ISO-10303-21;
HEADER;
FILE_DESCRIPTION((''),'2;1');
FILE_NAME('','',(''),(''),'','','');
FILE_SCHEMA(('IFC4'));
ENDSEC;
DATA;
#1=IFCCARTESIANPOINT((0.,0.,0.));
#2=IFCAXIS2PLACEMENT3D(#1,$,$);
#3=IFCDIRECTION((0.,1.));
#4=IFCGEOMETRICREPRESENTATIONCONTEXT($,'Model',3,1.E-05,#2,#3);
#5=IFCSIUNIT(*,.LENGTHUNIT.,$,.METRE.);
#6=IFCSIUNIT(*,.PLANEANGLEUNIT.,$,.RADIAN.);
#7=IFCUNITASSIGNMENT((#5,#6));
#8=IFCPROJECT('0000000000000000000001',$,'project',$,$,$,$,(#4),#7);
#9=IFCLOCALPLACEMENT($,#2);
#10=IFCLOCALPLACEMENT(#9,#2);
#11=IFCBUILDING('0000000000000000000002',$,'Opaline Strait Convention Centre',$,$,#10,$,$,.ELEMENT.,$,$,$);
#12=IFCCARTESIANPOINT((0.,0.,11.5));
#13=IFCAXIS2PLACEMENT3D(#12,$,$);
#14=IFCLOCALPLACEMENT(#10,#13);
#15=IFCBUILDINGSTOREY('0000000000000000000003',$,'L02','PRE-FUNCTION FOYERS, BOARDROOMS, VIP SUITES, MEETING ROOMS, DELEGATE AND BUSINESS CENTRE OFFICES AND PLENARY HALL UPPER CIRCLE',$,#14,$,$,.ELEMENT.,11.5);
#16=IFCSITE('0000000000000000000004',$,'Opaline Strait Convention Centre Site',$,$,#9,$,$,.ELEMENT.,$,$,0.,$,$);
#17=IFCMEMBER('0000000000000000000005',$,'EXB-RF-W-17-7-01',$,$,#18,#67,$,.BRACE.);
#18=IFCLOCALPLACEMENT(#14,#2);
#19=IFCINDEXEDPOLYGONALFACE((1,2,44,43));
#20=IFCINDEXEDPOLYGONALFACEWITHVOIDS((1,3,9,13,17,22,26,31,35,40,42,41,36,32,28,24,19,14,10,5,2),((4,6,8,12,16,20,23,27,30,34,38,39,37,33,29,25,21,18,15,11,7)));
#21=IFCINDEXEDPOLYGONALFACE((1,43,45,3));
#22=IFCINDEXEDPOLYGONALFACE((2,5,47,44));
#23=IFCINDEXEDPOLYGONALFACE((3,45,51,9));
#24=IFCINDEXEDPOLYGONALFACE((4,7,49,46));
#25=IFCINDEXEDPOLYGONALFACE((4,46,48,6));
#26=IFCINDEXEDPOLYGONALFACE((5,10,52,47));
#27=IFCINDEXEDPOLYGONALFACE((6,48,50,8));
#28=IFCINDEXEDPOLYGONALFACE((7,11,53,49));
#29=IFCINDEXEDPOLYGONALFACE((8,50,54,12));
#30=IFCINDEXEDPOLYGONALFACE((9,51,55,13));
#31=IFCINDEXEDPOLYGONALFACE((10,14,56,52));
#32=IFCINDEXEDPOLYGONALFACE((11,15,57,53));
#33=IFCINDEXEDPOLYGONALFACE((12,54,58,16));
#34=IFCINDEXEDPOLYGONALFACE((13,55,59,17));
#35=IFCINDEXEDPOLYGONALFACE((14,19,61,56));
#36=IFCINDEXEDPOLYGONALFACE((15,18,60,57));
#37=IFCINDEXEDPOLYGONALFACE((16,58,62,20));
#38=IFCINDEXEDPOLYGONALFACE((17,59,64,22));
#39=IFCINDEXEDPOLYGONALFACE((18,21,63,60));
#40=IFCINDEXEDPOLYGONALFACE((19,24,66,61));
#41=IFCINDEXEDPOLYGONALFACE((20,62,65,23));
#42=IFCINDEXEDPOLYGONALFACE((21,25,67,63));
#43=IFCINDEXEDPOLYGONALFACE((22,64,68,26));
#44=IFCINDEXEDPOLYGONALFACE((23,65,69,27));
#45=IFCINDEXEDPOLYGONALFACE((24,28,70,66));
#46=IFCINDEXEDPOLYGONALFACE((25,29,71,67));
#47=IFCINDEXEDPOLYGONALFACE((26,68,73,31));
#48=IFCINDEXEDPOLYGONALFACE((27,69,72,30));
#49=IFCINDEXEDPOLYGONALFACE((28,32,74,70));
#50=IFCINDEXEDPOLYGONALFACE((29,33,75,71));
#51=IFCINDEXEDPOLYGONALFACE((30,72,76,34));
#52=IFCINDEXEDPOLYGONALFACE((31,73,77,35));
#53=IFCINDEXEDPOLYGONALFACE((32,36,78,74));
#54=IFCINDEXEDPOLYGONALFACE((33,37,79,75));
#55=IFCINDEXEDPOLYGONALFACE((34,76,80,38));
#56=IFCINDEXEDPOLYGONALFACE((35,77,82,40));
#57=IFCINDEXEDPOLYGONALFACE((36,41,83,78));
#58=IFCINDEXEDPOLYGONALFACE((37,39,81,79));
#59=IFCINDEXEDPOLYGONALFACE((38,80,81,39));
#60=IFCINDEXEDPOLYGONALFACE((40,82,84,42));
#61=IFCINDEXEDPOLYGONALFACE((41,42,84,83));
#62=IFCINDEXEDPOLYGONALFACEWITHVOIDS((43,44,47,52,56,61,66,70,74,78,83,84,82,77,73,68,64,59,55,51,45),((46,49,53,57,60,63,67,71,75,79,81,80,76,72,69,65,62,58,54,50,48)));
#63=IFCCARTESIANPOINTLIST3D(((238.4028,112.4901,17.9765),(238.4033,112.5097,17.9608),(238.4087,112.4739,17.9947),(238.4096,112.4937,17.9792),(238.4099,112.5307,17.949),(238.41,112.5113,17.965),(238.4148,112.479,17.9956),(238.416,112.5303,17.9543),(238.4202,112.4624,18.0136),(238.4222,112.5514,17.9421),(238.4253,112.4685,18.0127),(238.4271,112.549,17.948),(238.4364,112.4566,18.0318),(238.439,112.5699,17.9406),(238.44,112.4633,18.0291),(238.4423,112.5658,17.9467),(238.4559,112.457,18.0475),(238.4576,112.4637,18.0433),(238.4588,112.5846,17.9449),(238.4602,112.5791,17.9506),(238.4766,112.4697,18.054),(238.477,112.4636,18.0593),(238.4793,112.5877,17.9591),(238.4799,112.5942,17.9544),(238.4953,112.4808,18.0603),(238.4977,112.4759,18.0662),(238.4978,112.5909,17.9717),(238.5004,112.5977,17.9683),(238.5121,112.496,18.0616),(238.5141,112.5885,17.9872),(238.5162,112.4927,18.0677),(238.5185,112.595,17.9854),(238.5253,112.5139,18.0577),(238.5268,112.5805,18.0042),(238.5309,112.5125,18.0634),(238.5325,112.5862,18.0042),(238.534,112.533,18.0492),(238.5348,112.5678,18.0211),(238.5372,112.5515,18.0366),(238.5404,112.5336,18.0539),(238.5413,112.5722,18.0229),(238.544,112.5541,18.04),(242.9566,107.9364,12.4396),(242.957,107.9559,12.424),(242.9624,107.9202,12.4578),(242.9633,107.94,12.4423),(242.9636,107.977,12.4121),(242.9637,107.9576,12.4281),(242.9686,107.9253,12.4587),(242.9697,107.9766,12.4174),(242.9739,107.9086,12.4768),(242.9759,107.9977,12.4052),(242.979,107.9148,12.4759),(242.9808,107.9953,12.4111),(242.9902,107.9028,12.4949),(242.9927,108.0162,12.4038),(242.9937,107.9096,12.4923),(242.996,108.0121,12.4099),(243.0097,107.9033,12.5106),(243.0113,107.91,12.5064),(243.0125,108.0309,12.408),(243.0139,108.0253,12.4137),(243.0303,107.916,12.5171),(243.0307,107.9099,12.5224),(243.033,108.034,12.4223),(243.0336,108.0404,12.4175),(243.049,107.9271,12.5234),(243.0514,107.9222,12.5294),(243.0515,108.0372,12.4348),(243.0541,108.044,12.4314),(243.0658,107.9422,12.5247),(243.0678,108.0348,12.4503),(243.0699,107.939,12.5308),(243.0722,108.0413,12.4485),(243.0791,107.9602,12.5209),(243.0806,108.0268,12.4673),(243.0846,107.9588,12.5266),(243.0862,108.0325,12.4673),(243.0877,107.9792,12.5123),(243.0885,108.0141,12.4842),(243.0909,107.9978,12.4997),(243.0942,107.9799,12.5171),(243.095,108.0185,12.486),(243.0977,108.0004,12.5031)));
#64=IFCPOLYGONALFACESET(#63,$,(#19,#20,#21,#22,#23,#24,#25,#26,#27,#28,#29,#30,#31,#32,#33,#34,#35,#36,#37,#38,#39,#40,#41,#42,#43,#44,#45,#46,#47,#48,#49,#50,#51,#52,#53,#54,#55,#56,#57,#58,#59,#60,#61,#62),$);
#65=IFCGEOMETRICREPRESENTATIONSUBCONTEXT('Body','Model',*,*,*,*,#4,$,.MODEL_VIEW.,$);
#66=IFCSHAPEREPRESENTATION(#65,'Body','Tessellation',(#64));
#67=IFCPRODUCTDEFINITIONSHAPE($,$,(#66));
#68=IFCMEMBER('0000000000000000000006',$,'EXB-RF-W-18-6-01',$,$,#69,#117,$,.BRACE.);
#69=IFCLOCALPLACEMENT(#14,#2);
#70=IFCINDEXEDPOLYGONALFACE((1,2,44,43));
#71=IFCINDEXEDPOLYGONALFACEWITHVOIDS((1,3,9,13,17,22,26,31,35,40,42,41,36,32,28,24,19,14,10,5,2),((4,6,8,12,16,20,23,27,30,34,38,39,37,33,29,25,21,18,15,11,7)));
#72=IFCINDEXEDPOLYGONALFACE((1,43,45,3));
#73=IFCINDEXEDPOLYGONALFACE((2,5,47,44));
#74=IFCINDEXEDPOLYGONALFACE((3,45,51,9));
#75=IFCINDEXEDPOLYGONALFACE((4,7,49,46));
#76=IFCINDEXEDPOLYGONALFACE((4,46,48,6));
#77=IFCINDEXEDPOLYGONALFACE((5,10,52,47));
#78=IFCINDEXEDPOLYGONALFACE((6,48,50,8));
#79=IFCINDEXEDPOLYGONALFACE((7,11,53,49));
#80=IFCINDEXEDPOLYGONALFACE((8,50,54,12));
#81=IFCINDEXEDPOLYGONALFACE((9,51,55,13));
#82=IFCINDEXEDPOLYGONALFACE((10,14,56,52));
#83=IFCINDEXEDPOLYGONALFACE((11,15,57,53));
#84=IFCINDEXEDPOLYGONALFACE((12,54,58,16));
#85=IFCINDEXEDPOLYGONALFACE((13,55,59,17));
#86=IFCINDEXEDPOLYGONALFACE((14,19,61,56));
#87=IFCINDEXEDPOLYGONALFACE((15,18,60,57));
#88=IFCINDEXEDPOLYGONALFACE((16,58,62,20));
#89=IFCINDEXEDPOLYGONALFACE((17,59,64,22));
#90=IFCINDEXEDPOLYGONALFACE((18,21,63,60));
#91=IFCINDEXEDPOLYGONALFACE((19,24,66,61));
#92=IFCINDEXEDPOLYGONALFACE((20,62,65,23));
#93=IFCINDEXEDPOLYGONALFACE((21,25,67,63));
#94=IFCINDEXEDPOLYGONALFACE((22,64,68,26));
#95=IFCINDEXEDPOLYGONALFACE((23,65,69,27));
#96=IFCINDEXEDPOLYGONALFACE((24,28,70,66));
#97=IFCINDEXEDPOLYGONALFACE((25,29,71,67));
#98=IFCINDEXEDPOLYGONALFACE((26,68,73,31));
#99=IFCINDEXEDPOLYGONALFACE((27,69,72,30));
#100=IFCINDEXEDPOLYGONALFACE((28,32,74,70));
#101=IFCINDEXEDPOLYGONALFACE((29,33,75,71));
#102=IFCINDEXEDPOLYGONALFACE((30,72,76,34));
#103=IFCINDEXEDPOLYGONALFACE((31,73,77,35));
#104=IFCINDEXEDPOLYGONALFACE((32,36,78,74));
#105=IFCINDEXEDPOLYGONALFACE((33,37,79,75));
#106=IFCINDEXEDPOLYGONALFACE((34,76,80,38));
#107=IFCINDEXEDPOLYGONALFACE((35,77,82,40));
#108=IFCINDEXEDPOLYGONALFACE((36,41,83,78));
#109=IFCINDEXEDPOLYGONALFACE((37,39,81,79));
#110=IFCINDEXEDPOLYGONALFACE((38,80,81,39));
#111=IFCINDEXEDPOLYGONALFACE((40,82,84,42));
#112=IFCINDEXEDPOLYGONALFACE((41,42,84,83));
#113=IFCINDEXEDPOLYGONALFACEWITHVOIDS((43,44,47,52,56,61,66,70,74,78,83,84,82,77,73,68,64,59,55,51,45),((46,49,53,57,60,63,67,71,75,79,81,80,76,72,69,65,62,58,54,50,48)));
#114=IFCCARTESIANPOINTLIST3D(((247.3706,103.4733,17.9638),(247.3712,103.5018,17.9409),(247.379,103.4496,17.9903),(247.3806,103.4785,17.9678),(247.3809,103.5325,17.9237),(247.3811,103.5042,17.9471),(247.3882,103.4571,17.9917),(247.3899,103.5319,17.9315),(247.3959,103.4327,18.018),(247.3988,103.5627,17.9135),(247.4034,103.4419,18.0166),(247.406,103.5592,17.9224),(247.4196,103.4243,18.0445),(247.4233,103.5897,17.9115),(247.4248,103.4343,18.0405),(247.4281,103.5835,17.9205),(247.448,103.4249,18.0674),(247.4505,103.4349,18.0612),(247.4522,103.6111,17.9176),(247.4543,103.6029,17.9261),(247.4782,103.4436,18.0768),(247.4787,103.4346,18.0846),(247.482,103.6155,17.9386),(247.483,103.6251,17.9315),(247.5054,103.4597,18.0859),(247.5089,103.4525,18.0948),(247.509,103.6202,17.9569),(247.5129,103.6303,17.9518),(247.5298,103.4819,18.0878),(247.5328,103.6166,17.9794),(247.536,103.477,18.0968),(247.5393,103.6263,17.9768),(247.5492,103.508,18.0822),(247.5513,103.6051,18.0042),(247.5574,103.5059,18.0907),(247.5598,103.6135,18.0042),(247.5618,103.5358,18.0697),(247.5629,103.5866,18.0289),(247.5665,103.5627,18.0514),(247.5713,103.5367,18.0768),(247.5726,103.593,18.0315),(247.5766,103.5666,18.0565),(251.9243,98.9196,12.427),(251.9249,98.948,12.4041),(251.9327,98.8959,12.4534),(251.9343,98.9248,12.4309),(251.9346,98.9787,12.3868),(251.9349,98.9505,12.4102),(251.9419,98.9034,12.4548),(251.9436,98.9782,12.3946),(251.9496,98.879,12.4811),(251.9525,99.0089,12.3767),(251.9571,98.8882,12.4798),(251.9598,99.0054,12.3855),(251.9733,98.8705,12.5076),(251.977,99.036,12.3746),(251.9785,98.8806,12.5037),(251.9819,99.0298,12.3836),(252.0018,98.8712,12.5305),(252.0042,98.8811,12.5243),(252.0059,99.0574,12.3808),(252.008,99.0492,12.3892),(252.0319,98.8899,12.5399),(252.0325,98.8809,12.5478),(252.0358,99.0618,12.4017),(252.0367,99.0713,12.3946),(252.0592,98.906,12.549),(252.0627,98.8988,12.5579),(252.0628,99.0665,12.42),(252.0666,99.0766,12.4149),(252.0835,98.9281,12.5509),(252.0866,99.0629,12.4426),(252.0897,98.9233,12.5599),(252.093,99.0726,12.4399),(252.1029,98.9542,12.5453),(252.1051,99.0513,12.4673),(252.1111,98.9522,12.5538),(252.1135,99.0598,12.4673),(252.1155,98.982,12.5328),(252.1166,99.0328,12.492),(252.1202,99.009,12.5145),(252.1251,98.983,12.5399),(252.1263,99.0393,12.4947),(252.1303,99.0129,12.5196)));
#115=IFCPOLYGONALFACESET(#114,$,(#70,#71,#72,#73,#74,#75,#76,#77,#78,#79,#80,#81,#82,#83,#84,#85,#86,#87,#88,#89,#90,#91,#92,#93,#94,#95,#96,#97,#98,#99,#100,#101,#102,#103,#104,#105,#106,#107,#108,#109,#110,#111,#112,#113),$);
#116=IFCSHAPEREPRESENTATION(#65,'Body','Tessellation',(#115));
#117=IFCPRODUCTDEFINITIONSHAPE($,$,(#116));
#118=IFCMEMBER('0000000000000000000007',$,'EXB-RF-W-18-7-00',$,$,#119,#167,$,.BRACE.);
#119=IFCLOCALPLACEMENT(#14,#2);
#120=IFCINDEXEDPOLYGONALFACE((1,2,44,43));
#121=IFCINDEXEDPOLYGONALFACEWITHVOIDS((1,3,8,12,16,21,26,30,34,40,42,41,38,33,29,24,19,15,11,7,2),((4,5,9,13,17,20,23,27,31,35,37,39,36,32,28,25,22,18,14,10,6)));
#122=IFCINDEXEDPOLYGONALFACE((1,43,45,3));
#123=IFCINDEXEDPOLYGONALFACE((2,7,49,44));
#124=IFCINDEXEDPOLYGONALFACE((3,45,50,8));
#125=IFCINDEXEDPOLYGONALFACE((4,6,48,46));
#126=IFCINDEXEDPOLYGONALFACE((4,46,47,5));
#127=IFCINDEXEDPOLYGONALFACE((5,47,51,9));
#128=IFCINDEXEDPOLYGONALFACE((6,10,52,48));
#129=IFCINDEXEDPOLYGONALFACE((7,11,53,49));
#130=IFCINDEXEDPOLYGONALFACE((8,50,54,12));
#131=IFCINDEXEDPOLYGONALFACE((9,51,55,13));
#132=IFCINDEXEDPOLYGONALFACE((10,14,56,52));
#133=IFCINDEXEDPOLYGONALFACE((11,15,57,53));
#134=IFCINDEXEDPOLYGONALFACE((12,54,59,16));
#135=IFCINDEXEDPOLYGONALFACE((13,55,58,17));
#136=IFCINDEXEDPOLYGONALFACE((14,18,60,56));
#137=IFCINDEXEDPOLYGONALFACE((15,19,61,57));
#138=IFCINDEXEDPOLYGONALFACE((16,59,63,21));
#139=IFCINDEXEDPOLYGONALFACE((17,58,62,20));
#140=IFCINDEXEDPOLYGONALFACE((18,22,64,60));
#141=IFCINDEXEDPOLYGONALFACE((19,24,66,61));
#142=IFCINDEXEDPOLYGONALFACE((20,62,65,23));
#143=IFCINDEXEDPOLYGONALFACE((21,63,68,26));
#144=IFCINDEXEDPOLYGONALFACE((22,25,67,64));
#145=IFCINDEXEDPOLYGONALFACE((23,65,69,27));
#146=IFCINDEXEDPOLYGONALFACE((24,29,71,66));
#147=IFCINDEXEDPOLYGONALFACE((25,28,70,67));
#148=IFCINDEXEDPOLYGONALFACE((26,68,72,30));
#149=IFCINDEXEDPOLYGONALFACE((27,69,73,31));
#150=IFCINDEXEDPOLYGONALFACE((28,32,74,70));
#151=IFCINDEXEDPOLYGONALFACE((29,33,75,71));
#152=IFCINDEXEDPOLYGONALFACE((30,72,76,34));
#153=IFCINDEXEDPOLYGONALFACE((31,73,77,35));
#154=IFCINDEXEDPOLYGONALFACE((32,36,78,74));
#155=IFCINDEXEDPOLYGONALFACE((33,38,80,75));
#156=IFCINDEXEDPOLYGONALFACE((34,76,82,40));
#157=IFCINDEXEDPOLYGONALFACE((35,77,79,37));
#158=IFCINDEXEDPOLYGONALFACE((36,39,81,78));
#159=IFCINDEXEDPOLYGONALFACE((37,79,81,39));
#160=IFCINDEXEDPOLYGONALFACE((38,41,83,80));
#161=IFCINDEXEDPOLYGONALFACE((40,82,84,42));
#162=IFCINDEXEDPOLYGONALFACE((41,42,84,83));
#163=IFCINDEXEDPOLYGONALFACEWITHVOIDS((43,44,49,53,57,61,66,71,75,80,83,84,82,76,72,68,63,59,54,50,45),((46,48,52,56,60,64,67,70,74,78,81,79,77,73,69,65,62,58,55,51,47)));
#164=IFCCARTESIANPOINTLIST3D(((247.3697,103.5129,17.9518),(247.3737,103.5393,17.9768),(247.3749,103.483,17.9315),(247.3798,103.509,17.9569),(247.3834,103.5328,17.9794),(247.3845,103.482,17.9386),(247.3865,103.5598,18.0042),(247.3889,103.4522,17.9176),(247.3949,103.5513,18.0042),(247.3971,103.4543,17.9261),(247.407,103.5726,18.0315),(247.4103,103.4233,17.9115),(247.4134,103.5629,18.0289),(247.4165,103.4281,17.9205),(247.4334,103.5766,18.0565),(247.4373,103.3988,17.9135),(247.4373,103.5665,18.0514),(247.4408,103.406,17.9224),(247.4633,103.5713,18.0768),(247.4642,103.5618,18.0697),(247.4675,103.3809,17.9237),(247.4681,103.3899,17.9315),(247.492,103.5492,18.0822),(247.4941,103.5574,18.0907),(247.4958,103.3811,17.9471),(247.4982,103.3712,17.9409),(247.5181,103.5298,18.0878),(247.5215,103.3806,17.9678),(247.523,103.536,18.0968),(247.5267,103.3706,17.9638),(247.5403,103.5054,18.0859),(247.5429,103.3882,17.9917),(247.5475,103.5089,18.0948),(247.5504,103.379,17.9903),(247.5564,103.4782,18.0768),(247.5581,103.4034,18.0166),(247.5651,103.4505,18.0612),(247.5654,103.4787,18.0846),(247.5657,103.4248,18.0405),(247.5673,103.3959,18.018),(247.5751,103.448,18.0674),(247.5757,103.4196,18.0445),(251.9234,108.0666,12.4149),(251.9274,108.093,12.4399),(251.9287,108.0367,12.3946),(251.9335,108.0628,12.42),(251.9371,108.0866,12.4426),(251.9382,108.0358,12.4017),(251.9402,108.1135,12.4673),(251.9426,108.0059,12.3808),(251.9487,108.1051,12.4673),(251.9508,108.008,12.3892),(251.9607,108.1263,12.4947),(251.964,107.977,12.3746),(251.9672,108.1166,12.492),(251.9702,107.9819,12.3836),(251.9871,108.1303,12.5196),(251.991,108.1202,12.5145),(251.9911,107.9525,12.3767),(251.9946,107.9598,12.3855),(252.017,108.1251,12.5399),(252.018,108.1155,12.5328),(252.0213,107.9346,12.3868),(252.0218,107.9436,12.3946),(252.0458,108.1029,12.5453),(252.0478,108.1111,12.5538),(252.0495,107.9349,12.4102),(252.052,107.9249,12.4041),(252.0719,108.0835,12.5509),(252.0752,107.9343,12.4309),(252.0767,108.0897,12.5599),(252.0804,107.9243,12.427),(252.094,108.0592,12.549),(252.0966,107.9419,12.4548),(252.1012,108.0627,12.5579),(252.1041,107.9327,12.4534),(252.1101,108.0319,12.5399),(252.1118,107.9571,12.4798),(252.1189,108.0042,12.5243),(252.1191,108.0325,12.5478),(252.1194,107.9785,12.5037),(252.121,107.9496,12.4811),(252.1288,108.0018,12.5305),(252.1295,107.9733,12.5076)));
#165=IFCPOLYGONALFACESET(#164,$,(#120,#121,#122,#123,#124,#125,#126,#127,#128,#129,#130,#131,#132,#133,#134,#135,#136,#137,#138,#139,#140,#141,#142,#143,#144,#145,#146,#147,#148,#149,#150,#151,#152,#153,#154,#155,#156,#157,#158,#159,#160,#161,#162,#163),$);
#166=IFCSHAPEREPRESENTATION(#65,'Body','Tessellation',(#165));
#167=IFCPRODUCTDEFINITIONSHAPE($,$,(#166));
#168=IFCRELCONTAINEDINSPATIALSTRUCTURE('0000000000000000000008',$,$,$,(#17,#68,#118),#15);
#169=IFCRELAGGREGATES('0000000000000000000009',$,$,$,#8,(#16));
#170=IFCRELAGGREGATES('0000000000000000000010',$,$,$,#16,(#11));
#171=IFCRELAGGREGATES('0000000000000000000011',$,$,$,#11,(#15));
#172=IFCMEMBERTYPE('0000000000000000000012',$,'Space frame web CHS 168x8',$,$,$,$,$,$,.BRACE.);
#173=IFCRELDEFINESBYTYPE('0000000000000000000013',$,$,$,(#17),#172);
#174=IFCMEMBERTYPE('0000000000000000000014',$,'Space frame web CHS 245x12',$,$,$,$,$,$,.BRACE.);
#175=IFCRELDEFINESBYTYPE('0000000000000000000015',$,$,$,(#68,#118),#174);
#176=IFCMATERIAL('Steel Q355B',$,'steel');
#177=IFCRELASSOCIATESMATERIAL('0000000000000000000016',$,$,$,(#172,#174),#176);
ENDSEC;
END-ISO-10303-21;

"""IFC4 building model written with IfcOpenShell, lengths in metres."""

from ifc_helpers import new_model, si_unit, direction, frame, origin, origin_2d, place, context, subcontext, project, spatial, hollow_circle, extrude, material, material_profile, profile_set, type_object, element, save


model = new_model("IFC4")

# Units and contexts
model_context = context("Model", 3, precision=1e-05, world=origin(), true_north=direction((0.0, 1.0)))
body_context = subcontext(model_context, "Body", "Model", "MODEL_VIEW")
ifc_project = project(units=[si_unit("LENGTHUNIT", "METRE"), si_unit("PLANEANGLEUNIT", "RADIAN")], contexts=[model_context])

# Site, building, storey
site_placement = place(None, origin())
site = spatial("IfcSite", under=ifc_project, at=site_placement, Name="Opaline Strait Convention Centre Site", CompositionType="ELEMENT", RefElevation=0.0)
building_placement = place(site_placement, origin())
building = spatial("IfcBuilding", under=site, at=building_placement, Name="Opaline Strait Convention Centre", CompositionType="ELEMENT")
storey_placement = place(building_placement, frame((0.0, 0.0, 11.5)))
storey = spatial("IfcBuildingStorey", under=building, at=storey_placement, Name="L02", Description="PRE-FUNCTION FOYERS, BOARDROOMS, VIP SUITES, MEETING ROOMS, DELEGATE AND BUSINESS CENTRE OFFICES AND PLENARY HALL UPPER CIRCLE", CompositionType="ELEMENT", Elevation=11.5)

# Members
ifc_material = material(Name="Steel Q355B", Category="steel")
ifc_material_profile_1 = material_profile(ifc_material, hollow_circle(Radius=0.084, WallThickness=0.0081, at=origin_2d()), Name="CHS 168x8")
ifc_profile_set_1 = profile_set([ifc_material_profile_1], Name="Steel Q355B")
member_type_1 = type_object("IfcMemberType", Name="Space frame web CHS 168x8", PredefinedType="BRACE", material=ifc_profile_set_1)
for number, where, z_axis, x_axis, name in (
    (1, (238.4731, 112.5269, 18.0042), (0.536178, -0.536178, -0.65194), (0.707107, 0.707107, 0.0), "EXB-RF-W-17-7-01"),
):
    element("IfcMember", number, at=place(storey_placement, frame(where, z_axis=z_axis, x_axis=x_axis)), inside=storey, type_object=member_type_1, Name=name, PredefinedType="BRACE", context=body_context, shape_type="SweptSolid", body=[
        extrude(hollow_circle(Radius=0.084, WallThickness=0.0081, at=origin_2d()), origin(), (0.0, 0.0, 1.0), 8.4929),
    ])
ifc_material_profile_2 = material_profile(ifc_material, hollow_circle(Radius=0.1226, WallThickness=0.012, at=origin_2d()), Name="CHS 245x12")
ifc_profile_set_2 = profile_set([ifc_material_profile_2], Name="Steel Q355B")
member_type_2 = type_object("IfcMemberType", Name="Space frame web CHS 245x12", PredefinedType="BRACE", material=ifc_profile_set_2)
for number, where, z_axis, x_axis, name in (
    (2, (247.4731, 103.5269, 18.0042), (0.536178, -0.536178, -0.65194), (0.707107, 0.707107, 0.0), "EXB-RF-W-18-6-01"),
    (3, (247.4731, 103.4731, 18.0042), (0.536178, 0.536178, -0.65194), (-0.707107, 0.707107, 0.0), "EXB-RF-W-18-7-00"),
):
    element("IfcMember", number, at=place(storey_placement, frame(where, z_axis=z_axis, x_axis=x_axis)), inside=storey, type_object=member_type_2, Name=name, PredefinedType="BRACE", context=body_context, shape_type="SweptSolid", body=[
        extrude(hollow_circle(Radius=0.1226, WallThickness=0.012, at=origin_2d()), origin(), (0.0, 0.0, 1.0), 8.4929),
    ])

save(model, "model.ifc")
